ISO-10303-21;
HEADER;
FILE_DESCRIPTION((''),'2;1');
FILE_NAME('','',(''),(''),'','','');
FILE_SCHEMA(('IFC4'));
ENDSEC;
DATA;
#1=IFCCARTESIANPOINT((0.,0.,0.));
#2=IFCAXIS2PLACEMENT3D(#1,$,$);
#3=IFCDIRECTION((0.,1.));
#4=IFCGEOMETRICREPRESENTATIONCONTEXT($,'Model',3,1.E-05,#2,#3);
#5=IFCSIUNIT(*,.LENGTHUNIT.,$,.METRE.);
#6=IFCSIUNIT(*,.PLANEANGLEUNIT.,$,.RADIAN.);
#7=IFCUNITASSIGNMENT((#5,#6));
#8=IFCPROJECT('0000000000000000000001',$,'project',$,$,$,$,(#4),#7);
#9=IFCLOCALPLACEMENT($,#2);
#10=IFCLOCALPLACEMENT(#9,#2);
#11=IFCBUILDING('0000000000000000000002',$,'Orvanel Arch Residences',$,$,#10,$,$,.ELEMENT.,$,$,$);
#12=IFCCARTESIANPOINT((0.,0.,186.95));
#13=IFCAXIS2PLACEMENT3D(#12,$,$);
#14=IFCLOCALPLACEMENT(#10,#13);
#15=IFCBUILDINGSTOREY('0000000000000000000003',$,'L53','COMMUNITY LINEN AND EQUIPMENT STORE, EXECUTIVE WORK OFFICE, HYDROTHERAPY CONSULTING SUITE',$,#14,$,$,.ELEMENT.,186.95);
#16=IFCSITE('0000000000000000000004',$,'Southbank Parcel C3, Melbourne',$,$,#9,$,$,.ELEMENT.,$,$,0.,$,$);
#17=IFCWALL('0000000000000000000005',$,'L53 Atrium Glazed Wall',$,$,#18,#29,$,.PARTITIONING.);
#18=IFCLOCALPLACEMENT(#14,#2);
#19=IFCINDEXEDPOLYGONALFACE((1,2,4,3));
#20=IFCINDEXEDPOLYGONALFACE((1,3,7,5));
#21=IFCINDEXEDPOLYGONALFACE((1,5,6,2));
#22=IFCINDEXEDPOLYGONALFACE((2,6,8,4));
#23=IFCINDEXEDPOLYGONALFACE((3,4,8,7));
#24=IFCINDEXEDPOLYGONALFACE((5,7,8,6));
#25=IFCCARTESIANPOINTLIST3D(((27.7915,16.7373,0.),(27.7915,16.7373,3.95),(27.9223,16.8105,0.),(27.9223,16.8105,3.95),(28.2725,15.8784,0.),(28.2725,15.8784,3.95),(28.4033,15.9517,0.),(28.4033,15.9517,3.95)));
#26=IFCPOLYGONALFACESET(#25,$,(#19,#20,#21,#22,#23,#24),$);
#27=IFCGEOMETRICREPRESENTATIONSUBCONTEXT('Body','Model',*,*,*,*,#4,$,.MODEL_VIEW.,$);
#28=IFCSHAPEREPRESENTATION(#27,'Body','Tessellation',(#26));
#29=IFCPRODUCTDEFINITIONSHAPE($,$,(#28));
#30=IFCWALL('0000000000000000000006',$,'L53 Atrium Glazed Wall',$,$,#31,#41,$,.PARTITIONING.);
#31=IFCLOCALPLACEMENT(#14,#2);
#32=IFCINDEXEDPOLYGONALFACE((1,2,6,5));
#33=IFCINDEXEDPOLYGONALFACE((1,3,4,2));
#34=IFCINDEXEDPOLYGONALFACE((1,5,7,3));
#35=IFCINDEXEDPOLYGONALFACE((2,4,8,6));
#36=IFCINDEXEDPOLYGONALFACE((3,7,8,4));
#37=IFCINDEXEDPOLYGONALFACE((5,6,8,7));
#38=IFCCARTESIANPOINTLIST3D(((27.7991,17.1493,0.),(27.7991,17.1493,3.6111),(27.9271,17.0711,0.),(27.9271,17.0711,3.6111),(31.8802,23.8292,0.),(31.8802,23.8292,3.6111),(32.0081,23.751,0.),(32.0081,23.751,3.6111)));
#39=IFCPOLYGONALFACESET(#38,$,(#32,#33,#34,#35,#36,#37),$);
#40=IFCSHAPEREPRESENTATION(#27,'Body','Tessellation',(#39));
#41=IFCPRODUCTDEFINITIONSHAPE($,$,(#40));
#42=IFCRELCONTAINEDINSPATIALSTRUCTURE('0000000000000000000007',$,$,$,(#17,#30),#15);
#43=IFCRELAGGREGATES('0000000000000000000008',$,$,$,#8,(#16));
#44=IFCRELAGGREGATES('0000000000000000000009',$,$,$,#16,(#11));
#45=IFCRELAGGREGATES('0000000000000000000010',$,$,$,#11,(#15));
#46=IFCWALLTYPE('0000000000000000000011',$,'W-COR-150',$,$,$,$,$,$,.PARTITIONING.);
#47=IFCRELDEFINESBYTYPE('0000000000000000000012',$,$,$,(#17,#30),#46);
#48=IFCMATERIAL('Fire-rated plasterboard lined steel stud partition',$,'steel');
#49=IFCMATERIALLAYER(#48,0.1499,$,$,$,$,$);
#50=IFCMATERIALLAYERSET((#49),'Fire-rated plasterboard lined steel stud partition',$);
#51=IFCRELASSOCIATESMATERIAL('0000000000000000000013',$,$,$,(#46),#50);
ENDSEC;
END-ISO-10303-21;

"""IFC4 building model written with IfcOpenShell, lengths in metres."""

from ifc_helpers import new_model, si_unit, direction, frame, frame_2d, origin, place, context, subcontext, project, spatial, rectangle, extrude, material, layer, layer_set, type_object, element, save


model = new_model("IFC4")

# Units and contexts
model_context = context("Model", 3, precision=1e-05, world=origin(), true_north=direction((0.0, 1.0)))
body_context = subcontext(model_context, "Body", "Model", "MODEL_VIEW")
ifc_project = project(units=[si_unit("LENGTHUNIT", "METRE"), si_unit("PLANEANGLEUNIT", "RADIAN")], contexts=[model_context])

# Site, building, storey
site_placement = place(None, origin())
site = spatial("IfcSite", under=ifc_project, at=site_placement, Name="Southbank Parcel C3, Melbourne", CompositionType="ELEMENT", RefElevation=0.0)
building_placement = place(site_placement, origin())
building = spatial("IfcBuilding", under=site, at=building_placement, Name="Orvanel Arch Residences", CompositionType="ELEMENT")
storey_placement = place(building_placement, frame((0.0, 0.0, 186.95)))
storey = spatial("IfcBuildingStorey", under=building, at=storey_placement, Name="L53", Description="COMMUNITY LINEN AND EQUIPMENT STORE, EXECUTIVE WORK OFFICE, HYDROTHERAPY CONSULTING SUITE", CompositionType="ELEMENT", Elevation=186.95)

# Shared definitions
ifc_material_1 = material(Name="Fire-rated plasterboard lined steel stud partition", Category="steel")
ifc_layer_1 = layer(ifc_material_1, 0.1499)
ifc_layer_set_1 = layer_set([ifc_layer_1], Name="Fire-rated plasterboard lined steel stud partition")
wall_type = type_object("IfcWallType", Name="W-COR-150", PredefinedType="PARTITIONING", material=ifc_layer_set_1)

# Walls
wall_1_placement = place(storey_placement, frame((28.3379, 15.915, 0.0), z_axis=(0.0, 0.0, 1.0), x_axis=(-0.488588, 0.872514, 0.0)))
element("IfcWall", 1, at=wall_1_placement, inside=storey, type_object=wall_type, Name="L53 Atrium Glazed Wall", PredefinedType="PARTITIONING", context=body_context, shape_type="SweptSolid", body=[
    extrude(rectangle(XDim=0.9844, YDim=0.1499, at=frame_2d((0.4922, 0.0))), origin(), (0.0, 0.0, 1.0), 3.95),
])
wall_2_placement = place(storey_placement, frame((27.863, 17.1101, 0.0), z_axis=(0.0, 0.0, 1.0), x_axis=(0.521345, 0.853346, 0.0)))
element("IfcWall", 2, at=wall_2_placement, inside=storey, type_object=wall_type, Name="L53 Atrium Glazed Wall", PredefinedType="PARTITIONING", context=body_context, shape_type="SweptSolid", body=[
    extrude(rectangle(XDim=7.8279, YDim=0.1499, at=frame_2d((3.9141, 0.0))), origin(), (0.0, 0.0, 1.0), 3.6111),
])

save(model, "model.ifc")
